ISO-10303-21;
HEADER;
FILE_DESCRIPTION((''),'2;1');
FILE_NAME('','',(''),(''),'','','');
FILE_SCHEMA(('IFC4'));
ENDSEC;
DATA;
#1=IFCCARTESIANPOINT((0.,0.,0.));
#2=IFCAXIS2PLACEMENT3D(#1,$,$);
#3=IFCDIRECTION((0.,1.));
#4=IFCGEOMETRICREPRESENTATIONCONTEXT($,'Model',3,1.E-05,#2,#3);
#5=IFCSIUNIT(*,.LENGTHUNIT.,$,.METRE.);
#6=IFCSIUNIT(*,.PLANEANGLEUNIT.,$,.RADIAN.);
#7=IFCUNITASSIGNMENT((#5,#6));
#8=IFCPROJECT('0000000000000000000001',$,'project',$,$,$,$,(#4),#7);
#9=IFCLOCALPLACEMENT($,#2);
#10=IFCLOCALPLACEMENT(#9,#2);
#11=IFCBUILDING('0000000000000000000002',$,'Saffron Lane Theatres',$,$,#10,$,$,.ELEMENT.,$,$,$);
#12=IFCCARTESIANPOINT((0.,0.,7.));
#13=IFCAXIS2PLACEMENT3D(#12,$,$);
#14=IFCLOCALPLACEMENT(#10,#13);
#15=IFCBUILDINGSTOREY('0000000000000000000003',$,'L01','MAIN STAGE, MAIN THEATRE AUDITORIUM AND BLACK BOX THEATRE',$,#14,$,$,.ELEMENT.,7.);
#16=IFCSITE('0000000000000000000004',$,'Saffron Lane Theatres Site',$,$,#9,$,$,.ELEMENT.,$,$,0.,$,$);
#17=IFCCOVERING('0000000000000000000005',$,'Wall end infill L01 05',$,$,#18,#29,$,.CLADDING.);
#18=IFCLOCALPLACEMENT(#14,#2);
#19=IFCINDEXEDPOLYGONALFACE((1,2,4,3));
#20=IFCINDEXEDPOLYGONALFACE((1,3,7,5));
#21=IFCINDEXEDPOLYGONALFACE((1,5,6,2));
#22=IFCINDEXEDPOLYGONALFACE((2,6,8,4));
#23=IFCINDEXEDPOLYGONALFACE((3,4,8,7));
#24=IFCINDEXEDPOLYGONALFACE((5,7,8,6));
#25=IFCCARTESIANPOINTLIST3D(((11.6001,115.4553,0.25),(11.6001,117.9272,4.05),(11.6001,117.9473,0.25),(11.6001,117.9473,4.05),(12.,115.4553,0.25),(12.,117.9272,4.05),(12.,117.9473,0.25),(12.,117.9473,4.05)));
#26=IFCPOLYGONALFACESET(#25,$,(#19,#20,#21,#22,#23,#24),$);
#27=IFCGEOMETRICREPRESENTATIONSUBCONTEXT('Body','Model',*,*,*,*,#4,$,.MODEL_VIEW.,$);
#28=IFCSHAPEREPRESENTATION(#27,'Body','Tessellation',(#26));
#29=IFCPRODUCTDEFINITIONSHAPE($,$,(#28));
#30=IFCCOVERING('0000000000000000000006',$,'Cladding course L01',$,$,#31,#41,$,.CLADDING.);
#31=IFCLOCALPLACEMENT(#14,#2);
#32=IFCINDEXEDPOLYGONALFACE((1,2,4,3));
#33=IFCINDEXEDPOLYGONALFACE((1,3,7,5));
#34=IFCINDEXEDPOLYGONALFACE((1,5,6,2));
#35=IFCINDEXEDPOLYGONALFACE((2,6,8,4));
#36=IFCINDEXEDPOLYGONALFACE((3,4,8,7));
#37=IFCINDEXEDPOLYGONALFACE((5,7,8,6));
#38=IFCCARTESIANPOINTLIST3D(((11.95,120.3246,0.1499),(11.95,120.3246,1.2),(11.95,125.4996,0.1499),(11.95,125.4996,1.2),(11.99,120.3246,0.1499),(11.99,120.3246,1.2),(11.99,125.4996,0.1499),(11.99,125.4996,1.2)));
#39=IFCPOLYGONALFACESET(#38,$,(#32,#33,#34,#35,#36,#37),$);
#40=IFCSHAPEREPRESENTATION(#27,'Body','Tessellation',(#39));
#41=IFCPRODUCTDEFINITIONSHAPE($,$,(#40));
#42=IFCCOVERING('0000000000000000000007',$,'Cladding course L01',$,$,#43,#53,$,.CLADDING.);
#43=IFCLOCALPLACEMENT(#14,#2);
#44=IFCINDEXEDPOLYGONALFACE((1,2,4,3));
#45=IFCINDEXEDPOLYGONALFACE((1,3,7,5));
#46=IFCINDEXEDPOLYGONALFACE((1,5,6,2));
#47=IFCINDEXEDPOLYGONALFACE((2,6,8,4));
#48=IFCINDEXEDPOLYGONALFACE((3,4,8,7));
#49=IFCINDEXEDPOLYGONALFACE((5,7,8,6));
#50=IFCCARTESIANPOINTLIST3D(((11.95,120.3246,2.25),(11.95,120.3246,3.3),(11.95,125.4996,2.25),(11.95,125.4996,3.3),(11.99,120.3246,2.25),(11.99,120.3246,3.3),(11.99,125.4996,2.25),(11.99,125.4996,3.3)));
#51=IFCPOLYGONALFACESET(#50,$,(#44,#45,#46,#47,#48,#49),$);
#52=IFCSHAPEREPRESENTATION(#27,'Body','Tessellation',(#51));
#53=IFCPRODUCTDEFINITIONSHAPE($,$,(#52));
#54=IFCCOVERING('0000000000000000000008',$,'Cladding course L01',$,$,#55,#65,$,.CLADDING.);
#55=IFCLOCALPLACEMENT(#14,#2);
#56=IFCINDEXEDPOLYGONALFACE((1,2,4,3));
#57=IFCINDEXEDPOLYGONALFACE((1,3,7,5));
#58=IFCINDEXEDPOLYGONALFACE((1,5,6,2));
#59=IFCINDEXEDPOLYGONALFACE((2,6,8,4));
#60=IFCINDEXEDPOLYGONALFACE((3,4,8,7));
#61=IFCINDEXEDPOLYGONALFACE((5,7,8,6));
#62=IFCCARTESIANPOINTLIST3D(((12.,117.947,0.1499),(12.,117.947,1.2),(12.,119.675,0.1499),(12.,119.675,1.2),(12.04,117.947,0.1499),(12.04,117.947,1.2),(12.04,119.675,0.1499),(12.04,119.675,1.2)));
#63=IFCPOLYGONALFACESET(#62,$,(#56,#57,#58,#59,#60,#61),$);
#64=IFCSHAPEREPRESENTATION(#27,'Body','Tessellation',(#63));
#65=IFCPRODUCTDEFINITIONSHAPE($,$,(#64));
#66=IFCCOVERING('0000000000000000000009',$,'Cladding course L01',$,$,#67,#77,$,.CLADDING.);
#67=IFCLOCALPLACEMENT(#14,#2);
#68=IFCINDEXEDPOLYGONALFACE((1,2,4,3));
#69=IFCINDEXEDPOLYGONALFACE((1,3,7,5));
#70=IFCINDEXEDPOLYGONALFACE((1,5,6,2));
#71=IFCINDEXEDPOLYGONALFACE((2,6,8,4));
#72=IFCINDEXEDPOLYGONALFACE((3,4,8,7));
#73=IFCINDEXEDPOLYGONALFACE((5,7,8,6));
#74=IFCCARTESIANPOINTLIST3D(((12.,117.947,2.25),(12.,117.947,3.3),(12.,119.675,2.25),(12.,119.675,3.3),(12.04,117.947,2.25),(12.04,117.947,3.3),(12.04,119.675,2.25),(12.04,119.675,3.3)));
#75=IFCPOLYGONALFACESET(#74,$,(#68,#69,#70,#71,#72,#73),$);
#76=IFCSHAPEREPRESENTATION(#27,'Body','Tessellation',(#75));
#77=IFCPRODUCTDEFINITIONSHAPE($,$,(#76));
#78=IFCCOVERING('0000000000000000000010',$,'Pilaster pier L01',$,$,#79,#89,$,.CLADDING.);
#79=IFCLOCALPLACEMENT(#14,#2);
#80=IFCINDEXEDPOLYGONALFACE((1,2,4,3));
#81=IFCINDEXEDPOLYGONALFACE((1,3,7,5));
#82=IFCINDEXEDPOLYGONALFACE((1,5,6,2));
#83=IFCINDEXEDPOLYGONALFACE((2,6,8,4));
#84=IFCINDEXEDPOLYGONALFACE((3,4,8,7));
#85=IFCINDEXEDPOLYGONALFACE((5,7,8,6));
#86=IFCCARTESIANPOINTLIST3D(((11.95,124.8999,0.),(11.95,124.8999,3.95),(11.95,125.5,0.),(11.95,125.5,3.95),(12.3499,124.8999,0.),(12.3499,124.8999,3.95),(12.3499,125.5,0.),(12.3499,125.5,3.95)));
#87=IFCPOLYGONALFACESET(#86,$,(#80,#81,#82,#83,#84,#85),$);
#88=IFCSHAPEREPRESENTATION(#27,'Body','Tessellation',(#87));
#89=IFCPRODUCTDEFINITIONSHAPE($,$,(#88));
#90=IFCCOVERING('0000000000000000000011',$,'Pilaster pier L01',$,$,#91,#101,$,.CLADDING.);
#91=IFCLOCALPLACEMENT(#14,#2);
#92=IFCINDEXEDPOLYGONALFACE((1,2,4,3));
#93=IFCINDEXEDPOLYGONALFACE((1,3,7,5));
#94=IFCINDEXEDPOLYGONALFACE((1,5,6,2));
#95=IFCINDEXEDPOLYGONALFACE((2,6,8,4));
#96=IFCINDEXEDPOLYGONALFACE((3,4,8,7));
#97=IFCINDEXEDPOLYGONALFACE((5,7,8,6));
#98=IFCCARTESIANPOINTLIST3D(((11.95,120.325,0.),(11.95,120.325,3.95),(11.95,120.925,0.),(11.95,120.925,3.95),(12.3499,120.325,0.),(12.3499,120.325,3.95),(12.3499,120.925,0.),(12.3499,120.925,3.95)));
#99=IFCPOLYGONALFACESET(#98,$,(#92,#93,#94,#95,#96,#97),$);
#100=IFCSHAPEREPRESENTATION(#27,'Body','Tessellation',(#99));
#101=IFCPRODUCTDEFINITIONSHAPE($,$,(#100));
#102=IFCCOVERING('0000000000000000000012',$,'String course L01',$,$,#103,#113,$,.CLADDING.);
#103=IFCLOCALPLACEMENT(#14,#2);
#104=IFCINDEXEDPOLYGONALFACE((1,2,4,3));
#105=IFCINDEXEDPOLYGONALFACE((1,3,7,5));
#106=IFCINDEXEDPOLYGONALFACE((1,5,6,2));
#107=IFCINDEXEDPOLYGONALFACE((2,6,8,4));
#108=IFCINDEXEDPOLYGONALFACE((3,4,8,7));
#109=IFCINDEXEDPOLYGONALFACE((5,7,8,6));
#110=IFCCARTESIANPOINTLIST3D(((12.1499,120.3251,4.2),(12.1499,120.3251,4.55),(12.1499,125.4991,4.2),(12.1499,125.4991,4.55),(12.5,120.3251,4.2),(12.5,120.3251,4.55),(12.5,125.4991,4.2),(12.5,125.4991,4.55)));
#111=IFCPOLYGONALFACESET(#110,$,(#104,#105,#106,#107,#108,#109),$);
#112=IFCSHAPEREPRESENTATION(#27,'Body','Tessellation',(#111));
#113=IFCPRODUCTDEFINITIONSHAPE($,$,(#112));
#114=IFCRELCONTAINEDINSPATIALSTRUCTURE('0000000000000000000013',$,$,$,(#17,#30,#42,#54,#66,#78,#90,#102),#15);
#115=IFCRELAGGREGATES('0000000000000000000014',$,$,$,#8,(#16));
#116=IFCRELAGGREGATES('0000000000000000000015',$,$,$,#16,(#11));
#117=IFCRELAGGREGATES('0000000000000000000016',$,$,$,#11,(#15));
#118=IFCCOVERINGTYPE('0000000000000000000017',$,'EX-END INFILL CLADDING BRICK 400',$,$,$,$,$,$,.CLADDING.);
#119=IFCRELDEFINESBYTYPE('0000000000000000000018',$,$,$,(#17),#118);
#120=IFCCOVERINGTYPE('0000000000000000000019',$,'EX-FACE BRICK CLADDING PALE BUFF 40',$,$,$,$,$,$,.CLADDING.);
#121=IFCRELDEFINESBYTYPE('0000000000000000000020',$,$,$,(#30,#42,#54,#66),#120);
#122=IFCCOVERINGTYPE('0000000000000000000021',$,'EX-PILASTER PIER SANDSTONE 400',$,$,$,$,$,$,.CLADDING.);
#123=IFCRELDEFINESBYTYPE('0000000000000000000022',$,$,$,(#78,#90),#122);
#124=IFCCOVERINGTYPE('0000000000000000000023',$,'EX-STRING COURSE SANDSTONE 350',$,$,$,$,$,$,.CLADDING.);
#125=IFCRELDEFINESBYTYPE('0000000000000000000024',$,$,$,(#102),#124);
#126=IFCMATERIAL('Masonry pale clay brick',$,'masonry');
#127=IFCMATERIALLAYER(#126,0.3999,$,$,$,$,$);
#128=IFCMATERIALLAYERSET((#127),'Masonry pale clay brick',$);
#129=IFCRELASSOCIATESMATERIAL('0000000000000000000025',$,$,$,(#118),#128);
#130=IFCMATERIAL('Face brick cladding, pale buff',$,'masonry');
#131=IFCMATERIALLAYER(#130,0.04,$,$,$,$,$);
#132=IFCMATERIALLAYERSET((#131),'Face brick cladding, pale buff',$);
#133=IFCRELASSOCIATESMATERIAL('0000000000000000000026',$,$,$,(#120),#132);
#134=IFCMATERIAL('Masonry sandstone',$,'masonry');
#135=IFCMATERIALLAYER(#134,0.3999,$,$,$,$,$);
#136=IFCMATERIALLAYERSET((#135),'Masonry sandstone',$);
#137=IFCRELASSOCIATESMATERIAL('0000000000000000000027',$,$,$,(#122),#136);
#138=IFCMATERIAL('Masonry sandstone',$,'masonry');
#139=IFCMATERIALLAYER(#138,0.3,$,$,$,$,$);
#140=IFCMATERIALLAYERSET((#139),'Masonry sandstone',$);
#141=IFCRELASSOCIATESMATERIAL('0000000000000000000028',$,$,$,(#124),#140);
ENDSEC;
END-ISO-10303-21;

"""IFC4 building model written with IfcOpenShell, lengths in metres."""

from ifc_helpers import new_model, si_unit, direction, frame, origin, origin_2d, place, context, subcontext, project, spatial, polyline, rectangle, outline, extrude, material, layer, layer_set, type_object, element, save


model = new_model("IFC4")

# Units and contexts
model_context = context("Model", 3, precision=1e-05, world=origin(), true_north=direction((0.0, 1.0)))
body_context = subcontext(model_context, "Body", "Model", "MODEL_VIEW")
ifc_project = project(units=[si_unit("LENGTHUNIT", "METRE"), si_unit("PLANEANGLEUNIT", "RADIAN")], contexts=[model_context])

# Site, building, storey
site_placement = place(None, origin())
site = spatial("IfcSite", under=ifc_project, at=site_placement, Name="Saffron Lane Theatres Site", CompositionType="ELEMENT", RefElevation=0.0)
building_placement = place(site_placement, origin())
building = spatial("IfcBuilding", under=site, at=building_placement, Name="Saffron Lane Theatres", CompositionType="ELEMENT")
storey_placement = place(building_placement, frame((0.0, 0.0, 7.0)))
storey = spatial("IfcBuildingStorey", under=building, at=storey_placement, Name="L01", Description="MAIN STAGE, MAIN THEATRE AUDITORIUM AND BLACK BOX THEATRE", CompositionType="ELEMENT", Elevation=7.0)

# Coverings
ifc_material_1 = material(Name="Masonry pale clay brick", Category="masonry")
ifc_layer_1 = layer(ifc_material_1, 0.3999)
ifc_layer_set_1 = layer_set([ifc_layer_1], Name="Masonry pale clay brick")
covering_type_1 = type_object("IfcCoveringType", Name="EX-END INFILL CLADDING BRICK 400", PredefinedType="CLADDING", material=ifc_layer_set_1)
covering_1_placement = place(storey_placement, frame((12.0, 117.9473, 0.25), z_axis=(1.0, 0.0, 0.0), x_axis=(0.0, 0.0, 1.0)))
element("IfcCovering", 1, at=covering_1_placement, inside=storey, type_object=covering_type_1, Name="Wall end infill L01 05", PredefinedType="CLADDING", context=body_context, shape_type="SweptSolid", body=[
    extrude(outline(polyline([(0.0, 0.0), (3.8, 0.0), (3.8, 0.02), (0.0, 2.4919), (0.0, 0.0)])), origin(), (0.0, 0.0, -1.0), 0.3999),
])
ifc_material_2 = material(Name="Face brick cladding, pale buff", Category="masonry")
ifc_layer_2 = layer(ifc_material_2, 0.04)
ifc_layer_set_2 = layer_set([ifc_layer_2], Name="Face brick cladding, pale buff")
covering_type_2 = type_object("IfcCoveringType", Name="EX-FACE BRICK CLADDING PALE BUFF 40", PredefinedType="CLADDING", material=ifc_layer_set_2)
for number, where, z_axis, x_axis, name in (
    (2, (11.97, 122.9121, 0.1499), (0.0, 0.0, 1.0), (0.0, -1.0, 0.0), "Cladding course L01"),
    (3, (11.97, 122.9121, 2.25), (0.0, 0.0, 1.0), (0.0, -1.0, 0.0), "Cladding course L01"),
):
    element("IfcCovering", number, at=place(storey_placement, frame(where, z_axis=z_axis, x_axis=x_axis)), inside=storey, type_object=covering_type_2, Name=name, PredefinedType="CLADDING", context=body_context, shape_type="SweptSolid", body=[
        extrude(rectangle(XDim=5.175, YDim=0.04, at=origin_2d()), origin(), (0.0, 0.0, 1.0), 1.05),
    ])
for number, where, z_axis, x_axis, name in (
    (4, (12.02, 118.811, 0.1499), (0.0, 0.0, 1.0), (0.0, -1.0, 0.0), "Cladding course L01"),
    (5, (12.02, 118.811, 2.25), (0.0, 0.0, 1.0), (0.0, -1.0, 0.0), "Cladding course L01"),
):
    element("IfcCovering", number, at=place(storey_placement, frame(where, z_axis=z_axis, x_axis=x_axis)), inside=storey, type_object=covering_type_2, Name=name, PredefinedType="CLADDING", context=body_context, shape_type="SweptSolid", body=[
        extrude(rectangle(XDim=1.728, YDim=0.04, at=origin_2d()), origin(), (0.0, 0.0, 1.0), 1.05),
    ])
ifc_material_3 = material(Name="Masonry sandstone", Category="masonry")
ifc_layer_3 = layer(ifc_material_3, 0.3999)
ifc_layer_set_3 = layer_set([ifc_layer_3], Name="Masonry sandstone")
covering_type_3 = type_object("IfcCoveringType", Name="EX-PILASTER PIER SANDSTONE 400", PredefinedType="CLADDING", material=ifc_layer_set_3)
for number, where, z_axis, x_axis, name in (
    (6, (12.1499, 125.2, 0.0), (0.0, 0.0, 1.0), (0.0, -1.0, 0.0), "Pilaster pier L01"),
    (7, (12.1499, 120.625, 0.0), (0.0, 0.0, 1.0), (0.0, -1.0, 0.0), "Pilaster pier L01"),
):
    element("IfcCovering", number, at=place(storey_placement, frame(where, z_axis=z_axis, x_axis=x_axis)), inside=storey, type_object=covering_type_3, Name=name, PredefinedType="CLADDING", context=body_context, shape_type="SweptSolid", body=[
        extrude(rectangle(XDim=0.6001, YDim=0.3999, at=origin_2d()), origin(), (0.0, 0.0, 1.0), 3.95),
    ])
ifc_material_4 = material(Name="Masonry sandstone", Category="masonry")
ifc_layer_4 = layer(ifc_material_4, 0.3)
ifc_layer_set_4 = layer_set([ifc_layer_4], Name="Masonry sandstone")
covering_type_4 = type_object("IfcCoveringType", Name="EX-STRING COURSE SANDSTONE 350", PredefinedType="CLADDING", material=ifc_layer_set_4)
covering_2_placement = place(storey_placement, frame((12.325, 122.9121, 4.2), z_axis=(0.0, 0.0, 1.0), x_axis=(0.0, -1.0, 0.0)))
element("IfcCovering", 8, at=covering_2_placement, inside=storey, type_object=covering_type_4, Name="String course L01", PredefinedType="CLADDING", context=body_context, shape_type="SweptSolid", body=[
    extrude(rectangle(XDim=5.1741, YDim=0.3501, at=origin_2d()), origin(), (0.0, 0.0, 1.0), 0.3501),
])

save(model, "model.ifc")
